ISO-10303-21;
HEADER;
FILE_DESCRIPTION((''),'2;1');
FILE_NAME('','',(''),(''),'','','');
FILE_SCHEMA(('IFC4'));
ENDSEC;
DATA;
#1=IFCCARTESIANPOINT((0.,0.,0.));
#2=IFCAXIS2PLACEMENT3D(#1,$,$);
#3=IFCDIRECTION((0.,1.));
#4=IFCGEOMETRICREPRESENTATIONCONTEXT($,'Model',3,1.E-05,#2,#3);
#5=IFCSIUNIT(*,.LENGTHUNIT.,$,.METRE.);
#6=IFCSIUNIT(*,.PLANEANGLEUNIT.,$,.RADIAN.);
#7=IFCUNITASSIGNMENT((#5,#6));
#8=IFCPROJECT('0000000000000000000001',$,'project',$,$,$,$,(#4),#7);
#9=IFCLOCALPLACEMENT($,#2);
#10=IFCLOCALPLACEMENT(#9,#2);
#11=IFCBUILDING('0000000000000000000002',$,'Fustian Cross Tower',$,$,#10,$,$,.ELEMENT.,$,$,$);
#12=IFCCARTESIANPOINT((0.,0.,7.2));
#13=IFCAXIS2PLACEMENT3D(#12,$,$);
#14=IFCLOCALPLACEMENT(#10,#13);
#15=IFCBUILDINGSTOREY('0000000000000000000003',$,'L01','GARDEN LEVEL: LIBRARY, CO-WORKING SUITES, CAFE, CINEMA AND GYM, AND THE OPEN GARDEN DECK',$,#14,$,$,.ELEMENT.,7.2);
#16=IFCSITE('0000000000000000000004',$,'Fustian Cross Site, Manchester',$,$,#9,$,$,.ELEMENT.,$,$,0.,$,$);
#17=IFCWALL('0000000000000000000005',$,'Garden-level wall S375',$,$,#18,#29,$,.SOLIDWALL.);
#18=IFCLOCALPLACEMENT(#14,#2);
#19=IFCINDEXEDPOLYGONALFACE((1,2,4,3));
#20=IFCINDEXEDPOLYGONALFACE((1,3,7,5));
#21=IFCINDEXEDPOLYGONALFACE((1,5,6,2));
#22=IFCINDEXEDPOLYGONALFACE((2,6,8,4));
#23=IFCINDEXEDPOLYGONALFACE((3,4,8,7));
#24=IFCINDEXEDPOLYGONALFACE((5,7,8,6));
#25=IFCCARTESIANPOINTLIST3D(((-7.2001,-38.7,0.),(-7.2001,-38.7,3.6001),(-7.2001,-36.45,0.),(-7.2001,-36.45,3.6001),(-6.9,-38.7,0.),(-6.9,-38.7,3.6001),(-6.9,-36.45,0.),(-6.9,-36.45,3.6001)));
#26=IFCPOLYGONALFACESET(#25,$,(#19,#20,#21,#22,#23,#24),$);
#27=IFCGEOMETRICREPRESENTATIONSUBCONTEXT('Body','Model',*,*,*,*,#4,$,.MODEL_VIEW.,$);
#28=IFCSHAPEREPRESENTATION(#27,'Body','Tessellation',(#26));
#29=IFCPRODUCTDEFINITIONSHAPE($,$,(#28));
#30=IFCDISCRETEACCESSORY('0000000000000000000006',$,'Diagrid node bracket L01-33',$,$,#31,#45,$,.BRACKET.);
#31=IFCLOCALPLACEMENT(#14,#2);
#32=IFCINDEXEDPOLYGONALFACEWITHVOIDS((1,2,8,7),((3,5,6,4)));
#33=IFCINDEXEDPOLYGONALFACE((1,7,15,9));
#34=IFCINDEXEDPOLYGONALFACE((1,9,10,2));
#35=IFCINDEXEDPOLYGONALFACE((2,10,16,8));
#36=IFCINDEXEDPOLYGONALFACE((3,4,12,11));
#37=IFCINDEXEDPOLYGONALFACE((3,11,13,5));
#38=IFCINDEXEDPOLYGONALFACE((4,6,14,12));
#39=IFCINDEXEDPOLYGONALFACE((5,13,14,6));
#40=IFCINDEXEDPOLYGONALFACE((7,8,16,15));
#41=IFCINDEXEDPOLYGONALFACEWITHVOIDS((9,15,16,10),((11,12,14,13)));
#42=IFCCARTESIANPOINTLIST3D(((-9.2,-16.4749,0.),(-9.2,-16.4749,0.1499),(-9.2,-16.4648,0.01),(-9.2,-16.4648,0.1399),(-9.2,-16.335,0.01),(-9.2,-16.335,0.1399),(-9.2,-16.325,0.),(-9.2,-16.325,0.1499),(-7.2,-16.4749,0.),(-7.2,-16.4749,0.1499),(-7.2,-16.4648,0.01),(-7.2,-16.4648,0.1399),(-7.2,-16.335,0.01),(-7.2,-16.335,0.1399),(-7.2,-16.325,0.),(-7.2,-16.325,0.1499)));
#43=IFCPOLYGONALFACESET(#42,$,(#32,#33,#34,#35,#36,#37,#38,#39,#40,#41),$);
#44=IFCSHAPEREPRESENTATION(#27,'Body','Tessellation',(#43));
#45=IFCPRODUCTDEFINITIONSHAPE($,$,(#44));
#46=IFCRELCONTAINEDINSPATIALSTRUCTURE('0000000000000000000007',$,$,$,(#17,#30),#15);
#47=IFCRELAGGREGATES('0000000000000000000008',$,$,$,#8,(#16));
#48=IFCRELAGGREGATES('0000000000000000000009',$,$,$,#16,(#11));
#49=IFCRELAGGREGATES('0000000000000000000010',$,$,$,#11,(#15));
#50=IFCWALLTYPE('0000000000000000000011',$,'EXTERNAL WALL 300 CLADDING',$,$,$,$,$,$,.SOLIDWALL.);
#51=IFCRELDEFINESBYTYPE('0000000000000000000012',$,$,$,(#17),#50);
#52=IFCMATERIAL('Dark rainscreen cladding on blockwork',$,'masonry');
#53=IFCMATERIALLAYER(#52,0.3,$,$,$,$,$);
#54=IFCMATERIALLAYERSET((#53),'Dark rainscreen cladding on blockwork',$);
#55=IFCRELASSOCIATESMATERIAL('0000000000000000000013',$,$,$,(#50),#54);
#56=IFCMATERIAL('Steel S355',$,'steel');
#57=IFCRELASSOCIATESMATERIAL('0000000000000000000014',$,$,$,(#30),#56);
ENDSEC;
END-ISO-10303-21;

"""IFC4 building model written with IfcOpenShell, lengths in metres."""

from ifc_helpers import new_model, si_unit, direction, frame, frame_2d, origin, origin_2d, place, context, subcontext, project, spatial, rectangle, hollow_rectangle, extrude, material, layer, layer_set, type_object, element, save


model = new_model("IFC4")

# Units and contexts
model_context = context("Model", 3, precision=1e-05, world=origin(), true_north=direction((0.0, 1.0)))
body_context = subcontext(model_context, "Body", "Model", "MODEL_VIEW")
ifc_project = project(units=[si_unit("LENGTHUNIT", "METRE"), si_unit("PLANEANGLEUNIT", "RADIAN")], contexts=[model_context])

# Site, building, storey
site_placement = place(None, origin())
site = spatial("IfcSite", under=ifc_project, at=site_placement, Name="Fustian Cross Site, Manchester", CompositionType="ELEMENT", RefElevation=0.0)
building_placement = place(site_placement, origin())
building = spatial("IfcBuilding", under=site, at=building_placement, Name="Fustian Cross Tower", CompositionType="ELEMENT")
storey_placement = place(building_placement, frame((0.0, 0.0, 7.2)))
storey = spatial("IfcBuildingStorey", under=building, at=storey_placement, Name="L01", Description="GARDEN LEVEL: LIBRARY, CO-WORKING SUITES, CAFE, CINEMA AND GYM, AND THE OPEN GARDEN DECK", CompositionType="ELEMENT", Elevation=7.2)

# Wall
ifc_material_1 = material(Name="Dark rainscreen cladding on blockwork", Category="masonry")
ifc_layer_1 = layer(ifc_material_1, 0.3)
ifc_layer_set_1 = layer_set([ifc_layer_1], Name="Dark rainscreen cladding on blockwork")
wall_type = type_object("IfcWallType", Name="EXTERNAL WALL 300 CLADDING", PredefinedType="SOLIDWALL", material=ifc_layer_set_1)
wall_placement = place(storey_placement, frame((-7.05, -36.45, 0.0), z_axis=(0.0, 0.0, 1.0), x_axis=(0.0, -1.0, 0.0)))
element("IfcWall", 1, at=wall_placement, inside=storey, type_object=wall_type, Name="Garden-level wall S375", PredefinedType="SOLIDWALL", context=body_context, shape_type="SweptSolid", body=[
    extrude(rectangle(XDim=2.25, YDim=0.3, at=frame_2d((1.125, 0.0))), origin(), (0.0, 0.0, 1.0), 3.6001),
])

# Discrete accessory
ifc_material_2 = material(Name="Steel S355", Category="steel")
discrete_accessory_placement = place(storey_placement, frame((-9.2, -16.3999, 0.075), z_axis=(1.0, 0.0, 0.0), x_axis=(0.0, 1.0, 0.0)))
element("IfcDiscreteAccessory", 2, at=discrete_accessory_placement, inside=storey, material=ifc_material_2, Name="Diagrid node bracket L01-33", PredefinedType="BRACKET", context=body_context, shape_type="SweptSolid", body=[
    extrude(hollow_rectangle(XDim=0.1499, YDim=0.1499, WallThickness=0.01, at=origin_2d()), origin(), (0.0, 0.0, 1.0), 2.0),
])

save(model, "model.ifc")
